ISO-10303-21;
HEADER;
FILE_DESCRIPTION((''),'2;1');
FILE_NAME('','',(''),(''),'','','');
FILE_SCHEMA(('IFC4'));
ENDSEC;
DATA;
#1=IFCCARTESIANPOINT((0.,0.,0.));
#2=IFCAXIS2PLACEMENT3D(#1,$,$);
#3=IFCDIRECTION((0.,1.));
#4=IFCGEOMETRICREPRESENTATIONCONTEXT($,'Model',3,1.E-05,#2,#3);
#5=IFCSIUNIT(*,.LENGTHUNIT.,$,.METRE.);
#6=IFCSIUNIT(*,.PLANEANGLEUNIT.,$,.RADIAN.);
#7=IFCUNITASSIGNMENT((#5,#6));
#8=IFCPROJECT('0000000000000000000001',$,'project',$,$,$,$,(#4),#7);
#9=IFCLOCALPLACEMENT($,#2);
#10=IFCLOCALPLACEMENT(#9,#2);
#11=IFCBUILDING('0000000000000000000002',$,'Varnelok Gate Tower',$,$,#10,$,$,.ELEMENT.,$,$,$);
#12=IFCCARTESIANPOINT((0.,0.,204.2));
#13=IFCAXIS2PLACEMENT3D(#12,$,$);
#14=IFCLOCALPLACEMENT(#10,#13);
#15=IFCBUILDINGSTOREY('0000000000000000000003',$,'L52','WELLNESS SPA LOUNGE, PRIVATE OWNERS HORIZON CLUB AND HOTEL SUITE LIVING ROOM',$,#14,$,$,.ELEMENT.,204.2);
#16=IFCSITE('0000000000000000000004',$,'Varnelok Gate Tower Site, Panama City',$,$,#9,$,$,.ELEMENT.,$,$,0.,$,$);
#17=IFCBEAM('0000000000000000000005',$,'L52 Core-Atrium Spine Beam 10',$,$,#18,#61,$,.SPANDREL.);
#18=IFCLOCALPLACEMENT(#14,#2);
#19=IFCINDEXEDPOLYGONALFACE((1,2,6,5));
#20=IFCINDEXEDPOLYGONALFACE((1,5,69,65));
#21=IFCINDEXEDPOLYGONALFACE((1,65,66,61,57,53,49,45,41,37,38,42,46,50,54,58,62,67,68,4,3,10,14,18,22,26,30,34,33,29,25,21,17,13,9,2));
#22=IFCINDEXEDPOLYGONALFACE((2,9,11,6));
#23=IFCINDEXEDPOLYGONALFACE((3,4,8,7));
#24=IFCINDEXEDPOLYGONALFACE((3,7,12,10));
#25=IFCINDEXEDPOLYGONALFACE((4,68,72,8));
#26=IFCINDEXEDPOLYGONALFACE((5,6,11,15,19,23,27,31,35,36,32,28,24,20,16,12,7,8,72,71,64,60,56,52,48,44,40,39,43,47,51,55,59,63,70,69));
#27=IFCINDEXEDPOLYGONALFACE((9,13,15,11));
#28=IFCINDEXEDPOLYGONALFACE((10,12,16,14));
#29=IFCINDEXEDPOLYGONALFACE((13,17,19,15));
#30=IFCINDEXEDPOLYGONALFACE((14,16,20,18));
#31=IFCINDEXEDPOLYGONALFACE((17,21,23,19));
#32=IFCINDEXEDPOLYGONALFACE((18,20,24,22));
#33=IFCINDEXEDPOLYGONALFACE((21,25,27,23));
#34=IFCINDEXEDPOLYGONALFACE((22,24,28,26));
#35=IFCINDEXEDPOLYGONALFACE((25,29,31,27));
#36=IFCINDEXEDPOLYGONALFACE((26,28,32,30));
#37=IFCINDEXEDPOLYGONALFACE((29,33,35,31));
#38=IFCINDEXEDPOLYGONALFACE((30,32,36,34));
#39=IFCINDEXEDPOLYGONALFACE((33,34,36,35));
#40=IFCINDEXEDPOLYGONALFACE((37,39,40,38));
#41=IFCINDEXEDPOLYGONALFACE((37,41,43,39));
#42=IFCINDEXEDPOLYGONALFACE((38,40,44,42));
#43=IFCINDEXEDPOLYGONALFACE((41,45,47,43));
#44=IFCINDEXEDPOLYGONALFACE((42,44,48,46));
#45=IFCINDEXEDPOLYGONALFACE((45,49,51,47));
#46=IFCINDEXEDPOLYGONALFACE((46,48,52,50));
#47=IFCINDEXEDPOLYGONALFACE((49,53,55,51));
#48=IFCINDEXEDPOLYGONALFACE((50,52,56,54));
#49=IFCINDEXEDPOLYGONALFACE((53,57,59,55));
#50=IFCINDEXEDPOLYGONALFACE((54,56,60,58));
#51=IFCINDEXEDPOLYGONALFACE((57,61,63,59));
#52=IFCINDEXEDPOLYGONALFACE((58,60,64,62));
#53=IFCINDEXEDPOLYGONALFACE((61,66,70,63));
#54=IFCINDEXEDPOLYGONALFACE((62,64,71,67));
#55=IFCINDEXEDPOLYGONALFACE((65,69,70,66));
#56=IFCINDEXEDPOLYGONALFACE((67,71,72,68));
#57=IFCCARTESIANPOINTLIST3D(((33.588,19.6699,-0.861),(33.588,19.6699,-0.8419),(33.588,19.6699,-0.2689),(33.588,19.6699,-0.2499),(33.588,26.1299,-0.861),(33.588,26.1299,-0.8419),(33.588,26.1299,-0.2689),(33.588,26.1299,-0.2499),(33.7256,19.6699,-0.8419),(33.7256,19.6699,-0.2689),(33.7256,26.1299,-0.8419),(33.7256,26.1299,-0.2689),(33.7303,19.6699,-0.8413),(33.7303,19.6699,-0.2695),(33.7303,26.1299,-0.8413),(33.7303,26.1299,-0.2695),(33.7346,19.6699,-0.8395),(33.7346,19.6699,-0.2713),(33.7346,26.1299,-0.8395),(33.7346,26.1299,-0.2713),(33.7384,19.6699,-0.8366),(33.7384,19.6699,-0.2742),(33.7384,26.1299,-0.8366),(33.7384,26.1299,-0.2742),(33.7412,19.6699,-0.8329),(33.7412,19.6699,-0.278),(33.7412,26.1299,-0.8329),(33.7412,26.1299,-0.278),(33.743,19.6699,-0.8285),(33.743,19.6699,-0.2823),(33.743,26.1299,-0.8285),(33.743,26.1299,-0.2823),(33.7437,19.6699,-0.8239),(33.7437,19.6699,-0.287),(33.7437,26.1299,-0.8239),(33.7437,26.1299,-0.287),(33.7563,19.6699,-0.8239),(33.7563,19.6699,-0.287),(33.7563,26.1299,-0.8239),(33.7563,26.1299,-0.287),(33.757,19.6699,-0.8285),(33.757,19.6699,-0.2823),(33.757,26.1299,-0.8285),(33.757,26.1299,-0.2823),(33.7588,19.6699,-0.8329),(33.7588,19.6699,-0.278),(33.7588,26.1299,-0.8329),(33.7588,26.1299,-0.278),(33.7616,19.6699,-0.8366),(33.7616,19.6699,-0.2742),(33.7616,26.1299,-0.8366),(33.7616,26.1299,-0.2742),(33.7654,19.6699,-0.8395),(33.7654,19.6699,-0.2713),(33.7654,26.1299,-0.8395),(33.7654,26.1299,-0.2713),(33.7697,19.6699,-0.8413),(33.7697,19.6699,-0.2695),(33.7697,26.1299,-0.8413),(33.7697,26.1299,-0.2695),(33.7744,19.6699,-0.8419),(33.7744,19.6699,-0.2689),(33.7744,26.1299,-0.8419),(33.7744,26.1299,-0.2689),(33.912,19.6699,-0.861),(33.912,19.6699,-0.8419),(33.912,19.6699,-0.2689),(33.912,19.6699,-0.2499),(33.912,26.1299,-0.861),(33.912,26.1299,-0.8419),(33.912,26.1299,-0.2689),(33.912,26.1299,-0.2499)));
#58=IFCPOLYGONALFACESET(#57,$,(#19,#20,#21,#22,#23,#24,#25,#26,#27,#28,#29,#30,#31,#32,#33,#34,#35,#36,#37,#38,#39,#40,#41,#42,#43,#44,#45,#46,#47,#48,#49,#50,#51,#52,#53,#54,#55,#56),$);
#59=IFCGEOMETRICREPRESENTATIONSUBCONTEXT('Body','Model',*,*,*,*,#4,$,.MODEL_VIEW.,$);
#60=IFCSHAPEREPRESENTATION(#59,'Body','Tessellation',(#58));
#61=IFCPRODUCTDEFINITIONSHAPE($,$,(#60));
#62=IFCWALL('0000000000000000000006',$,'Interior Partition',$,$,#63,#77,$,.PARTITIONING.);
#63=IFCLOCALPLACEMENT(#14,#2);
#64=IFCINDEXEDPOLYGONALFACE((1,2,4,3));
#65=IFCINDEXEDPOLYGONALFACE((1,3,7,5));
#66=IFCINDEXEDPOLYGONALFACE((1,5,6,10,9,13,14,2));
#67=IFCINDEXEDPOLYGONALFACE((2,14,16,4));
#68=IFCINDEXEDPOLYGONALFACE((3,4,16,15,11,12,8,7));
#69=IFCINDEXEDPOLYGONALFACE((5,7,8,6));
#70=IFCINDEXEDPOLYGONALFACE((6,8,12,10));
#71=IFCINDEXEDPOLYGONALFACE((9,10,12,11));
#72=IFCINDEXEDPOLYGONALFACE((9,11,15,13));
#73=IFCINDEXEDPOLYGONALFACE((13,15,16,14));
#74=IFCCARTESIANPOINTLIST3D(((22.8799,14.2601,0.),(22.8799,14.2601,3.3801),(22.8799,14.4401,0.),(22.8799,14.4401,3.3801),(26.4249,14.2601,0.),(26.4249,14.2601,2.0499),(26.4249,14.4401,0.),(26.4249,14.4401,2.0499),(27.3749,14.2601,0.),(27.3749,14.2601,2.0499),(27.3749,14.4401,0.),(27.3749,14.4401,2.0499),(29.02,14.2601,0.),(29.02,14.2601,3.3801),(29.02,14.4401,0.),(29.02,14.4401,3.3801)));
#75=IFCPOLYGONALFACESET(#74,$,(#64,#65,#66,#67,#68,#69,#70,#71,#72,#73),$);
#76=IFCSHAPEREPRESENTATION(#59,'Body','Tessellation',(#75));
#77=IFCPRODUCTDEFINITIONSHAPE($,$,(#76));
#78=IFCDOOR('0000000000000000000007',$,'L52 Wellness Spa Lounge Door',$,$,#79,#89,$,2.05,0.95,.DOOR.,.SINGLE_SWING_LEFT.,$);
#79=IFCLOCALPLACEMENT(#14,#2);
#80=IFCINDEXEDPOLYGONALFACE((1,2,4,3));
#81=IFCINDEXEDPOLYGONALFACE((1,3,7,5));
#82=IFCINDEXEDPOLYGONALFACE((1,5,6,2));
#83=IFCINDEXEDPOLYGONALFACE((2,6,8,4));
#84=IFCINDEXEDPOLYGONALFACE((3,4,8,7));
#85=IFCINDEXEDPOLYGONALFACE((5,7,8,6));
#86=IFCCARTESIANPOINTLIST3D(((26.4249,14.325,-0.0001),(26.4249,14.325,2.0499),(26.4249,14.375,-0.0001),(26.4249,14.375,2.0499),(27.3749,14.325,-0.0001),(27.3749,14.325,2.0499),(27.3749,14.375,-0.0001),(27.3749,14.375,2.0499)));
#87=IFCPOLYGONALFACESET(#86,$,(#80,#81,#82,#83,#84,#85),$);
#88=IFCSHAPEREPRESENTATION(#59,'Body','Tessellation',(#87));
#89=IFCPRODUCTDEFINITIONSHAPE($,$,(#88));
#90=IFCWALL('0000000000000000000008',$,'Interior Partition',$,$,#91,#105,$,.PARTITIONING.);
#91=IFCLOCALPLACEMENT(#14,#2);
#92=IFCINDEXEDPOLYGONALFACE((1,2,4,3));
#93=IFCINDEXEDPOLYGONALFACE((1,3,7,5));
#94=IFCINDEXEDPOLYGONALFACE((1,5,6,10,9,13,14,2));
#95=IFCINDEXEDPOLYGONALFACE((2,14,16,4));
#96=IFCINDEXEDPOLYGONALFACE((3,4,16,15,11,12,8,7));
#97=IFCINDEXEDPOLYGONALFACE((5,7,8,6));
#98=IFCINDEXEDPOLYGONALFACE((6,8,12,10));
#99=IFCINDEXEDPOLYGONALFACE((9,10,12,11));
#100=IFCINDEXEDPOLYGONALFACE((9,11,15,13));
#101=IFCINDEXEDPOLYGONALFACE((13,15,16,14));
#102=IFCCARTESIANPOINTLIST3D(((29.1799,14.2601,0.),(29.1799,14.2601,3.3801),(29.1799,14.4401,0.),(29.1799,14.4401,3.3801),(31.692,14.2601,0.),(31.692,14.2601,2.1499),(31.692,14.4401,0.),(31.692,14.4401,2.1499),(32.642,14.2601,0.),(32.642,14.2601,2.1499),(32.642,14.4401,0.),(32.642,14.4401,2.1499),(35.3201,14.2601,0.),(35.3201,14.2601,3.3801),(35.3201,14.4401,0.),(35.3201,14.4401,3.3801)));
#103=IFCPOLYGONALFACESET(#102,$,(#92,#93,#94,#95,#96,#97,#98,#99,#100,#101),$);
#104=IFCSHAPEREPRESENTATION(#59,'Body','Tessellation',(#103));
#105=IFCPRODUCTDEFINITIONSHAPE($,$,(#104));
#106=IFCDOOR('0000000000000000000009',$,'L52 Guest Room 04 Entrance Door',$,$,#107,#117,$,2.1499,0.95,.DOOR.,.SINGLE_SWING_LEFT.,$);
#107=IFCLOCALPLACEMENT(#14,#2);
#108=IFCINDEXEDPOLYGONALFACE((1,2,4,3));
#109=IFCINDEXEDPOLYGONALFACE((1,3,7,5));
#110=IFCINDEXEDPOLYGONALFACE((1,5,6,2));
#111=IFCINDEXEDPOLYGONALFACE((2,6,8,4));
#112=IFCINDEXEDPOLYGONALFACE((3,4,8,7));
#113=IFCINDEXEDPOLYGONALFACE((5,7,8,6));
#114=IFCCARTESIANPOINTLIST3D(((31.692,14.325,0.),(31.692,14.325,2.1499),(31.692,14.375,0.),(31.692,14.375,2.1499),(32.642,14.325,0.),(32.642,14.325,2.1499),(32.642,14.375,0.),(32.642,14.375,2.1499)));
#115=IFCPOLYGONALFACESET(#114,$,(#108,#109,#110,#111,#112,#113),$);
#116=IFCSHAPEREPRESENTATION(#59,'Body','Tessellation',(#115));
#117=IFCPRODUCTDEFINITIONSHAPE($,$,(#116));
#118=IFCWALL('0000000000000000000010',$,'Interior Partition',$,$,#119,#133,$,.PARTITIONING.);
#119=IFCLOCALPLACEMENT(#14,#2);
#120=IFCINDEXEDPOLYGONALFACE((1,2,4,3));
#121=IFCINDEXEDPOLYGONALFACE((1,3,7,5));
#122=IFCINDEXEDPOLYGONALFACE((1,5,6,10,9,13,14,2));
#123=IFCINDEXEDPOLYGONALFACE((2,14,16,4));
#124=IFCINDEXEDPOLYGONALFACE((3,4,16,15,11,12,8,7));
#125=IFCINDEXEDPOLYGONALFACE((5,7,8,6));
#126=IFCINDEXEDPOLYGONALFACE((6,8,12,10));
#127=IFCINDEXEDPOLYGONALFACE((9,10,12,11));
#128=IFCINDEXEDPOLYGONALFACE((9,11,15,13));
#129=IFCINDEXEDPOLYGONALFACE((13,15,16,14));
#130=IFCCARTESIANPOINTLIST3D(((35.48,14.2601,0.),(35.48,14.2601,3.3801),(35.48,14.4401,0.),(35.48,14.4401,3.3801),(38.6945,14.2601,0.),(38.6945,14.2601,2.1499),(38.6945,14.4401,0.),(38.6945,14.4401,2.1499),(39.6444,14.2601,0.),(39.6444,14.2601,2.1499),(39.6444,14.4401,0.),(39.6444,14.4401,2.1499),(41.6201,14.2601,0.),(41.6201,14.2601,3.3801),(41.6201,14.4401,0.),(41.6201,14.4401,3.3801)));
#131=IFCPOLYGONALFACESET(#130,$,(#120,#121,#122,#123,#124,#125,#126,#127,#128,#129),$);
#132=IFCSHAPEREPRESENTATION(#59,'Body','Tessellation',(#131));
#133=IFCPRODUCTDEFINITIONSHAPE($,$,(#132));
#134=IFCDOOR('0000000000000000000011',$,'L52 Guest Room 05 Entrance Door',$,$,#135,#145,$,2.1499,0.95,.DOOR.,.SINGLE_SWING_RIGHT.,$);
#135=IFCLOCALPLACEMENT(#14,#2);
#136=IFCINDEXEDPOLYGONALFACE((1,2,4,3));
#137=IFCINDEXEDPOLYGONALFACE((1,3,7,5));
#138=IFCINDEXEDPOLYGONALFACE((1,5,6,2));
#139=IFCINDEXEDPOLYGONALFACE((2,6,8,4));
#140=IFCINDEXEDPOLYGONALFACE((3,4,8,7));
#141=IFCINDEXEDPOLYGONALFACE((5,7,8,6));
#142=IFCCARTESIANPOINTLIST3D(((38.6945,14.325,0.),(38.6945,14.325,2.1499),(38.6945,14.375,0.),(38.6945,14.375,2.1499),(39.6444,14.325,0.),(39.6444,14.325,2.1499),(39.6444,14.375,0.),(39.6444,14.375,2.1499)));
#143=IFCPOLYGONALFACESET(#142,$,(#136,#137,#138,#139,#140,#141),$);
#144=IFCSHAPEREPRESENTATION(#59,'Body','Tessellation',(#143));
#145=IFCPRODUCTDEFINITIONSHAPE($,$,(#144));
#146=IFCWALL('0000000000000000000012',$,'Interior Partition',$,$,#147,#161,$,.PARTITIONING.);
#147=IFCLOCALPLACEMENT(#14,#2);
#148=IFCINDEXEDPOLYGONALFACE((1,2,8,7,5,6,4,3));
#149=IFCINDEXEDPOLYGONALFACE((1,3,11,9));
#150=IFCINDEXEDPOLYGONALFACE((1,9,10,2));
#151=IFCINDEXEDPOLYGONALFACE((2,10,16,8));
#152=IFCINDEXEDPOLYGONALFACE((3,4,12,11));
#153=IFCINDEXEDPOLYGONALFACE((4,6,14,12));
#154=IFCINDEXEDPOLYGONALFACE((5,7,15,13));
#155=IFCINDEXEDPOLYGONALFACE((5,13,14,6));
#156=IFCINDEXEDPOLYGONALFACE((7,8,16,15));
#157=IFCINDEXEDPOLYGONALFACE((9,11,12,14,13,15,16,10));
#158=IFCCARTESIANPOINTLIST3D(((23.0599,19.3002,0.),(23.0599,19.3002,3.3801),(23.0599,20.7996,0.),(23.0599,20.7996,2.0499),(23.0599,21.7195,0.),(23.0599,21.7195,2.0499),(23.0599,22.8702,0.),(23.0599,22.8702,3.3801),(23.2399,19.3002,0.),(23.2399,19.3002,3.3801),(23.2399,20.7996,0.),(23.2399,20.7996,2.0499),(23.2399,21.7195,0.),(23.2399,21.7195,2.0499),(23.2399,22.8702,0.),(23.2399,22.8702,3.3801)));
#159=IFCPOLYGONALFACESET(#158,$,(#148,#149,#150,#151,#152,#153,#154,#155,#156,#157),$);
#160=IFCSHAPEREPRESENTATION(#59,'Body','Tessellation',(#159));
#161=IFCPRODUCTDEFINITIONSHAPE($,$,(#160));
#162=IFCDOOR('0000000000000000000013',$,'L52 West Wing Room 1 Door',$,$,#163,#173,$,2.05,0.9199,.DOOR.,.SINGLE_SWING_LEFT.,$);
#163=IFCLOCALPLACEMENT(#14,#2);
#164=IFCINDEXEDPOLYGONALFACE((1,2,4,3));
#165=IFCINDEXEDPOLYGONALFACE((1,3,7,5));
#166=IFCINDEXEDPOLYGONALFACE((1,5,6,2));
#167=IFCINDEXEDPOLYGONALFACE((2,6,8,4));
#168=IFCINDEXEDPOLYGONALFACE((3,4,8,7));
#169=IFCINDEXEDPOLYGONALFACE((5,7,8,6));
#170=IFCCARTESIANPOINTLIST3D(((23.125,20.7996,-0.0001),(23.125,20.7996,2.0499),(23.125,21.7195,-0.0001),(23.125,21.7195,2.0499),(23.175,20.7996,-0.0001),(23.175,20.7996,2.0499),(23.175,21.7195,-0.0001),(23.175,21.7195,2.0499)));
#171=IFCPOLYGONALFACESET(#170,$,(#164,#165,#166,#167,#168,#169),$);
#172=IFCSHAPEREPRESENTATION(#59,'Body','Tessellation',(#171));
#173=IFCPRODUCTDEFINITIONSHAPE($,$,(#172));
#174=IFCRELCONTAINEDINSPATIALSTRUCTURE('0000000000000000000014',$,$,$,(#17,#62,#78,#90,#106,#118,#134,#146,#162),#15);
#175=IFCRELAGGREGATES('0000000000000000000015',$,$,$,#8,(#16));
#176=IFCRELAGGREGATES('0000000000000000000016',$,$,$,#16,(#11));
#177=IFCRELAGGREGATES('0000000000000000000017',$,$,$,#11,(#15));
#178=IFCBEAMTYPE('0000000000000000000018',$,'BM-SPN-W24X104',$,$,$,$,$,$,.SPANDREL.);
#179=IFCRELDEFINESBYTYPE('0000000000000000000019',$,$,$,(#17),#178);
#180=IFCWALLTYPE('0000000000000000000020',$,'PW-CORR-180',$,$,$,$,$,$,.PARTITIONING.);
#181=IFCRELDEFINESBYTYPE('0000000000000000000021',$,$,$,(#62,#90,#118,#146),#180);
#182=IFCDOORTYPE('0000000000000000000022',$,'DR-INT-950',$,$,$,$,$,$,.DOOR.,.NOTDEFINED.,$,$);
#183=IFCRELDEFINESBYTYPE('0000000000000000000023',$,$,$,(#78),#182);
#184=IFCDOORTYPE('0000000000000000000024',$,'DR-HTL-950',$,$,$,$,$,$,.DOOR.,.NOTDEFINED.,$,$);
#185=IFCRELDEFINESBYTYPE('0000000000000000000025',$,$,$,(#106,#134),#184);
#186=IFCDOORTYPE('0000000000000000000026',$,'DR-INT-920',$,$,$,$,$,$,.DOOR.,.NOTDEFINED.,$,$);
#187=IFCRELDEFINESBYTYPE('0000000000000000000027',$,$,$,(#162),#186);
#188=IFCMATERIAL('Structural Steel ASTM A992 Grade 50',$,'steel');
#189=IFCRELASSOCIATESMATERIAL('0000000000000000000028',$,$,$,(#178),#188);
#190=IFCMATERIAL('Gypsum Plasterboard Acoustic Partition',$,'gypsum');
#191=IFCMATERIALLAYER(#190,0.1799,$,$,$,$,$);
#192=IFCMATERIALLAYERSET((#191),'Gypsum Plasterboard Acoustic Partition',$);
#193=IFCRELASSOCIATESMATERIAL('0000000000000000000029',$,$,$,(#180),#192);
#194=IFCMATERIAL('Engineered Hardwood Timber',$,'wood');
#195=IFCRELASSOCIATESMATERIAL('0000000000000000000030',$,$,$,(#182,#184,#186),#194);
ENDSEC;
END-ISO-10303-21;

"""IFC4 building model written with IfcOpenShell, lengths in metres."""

from ifc_helpers import new_model, si_unit, direction, frame, frame_2d, origin, origin_2d, place, context, subcontext, project, spatial, rectangle, i_section, extrude, material, layer, layer_set, material_profile, profile_set, type_object, element, fill, save


model = new_model("IFC4")

# Units and contexts
model_context = context("Model", 3, precision=1e-05, world=origin(), true_north=direction((0.0, 1.0)))
body_context = subcontext(model_context, "Body", "Model", "MODEL_VIEW")
ifc_project = project(units=[si_unit("LENGTHUNIT", "METRE"), si_unit("PLANEANGLEUNIT", "RADIAN")], contexts=[model_context])

# Site, building, storey
site_placement = place(None, origin())
site = spatial("IfcSite", under=ifc_project, at=site_placement, Name="Varnelok Gate Tower Site, Panama City", CompositionType="ELEMENT", RefElevation=0.0)
building_placement = place(site_placement, origin())
building = spatial("IfcBuilding", under=site, at=building_placement, Name="Varnelok Gate Tower", CompositionType="ELEMENT")
storey_placement = place(building_placement, frame((0.0, 0.0, 204.2)))
storey = spatial("IfcBuildingStorey", under=building, at=storey_placement, Name="L52", Description="WELLNESS SPA LOUNGE, PRIVATE OWNERS HORIZON CLUB AND HOTEL SUITE LIVING ROOM", CompositionType="ELEMENT", Elevation=204.2)

# Shared definitions
ifc_material_1 = material(Name="Structural Steel ASTM A992 Grade 50", Category="steel")

# Beam
ifc_material_profile_1 = material_profile(ifc_material_1, i_section(OverallWidth=0.324, OverallDepth=0.6111, WebThickness=0.0127, FlangeThickness=0.019, FilletRadius=0.0181, at=origin_2d()), Name="W24X104")
ifc_profile_set_1 = profile_set([ifc_material_profile_1], Name="Structural Steel ASTM A992 Grade 50")
beam_type_1 = type_object("IfcBeamType", Name="BM-SPN-W24X104", PredefinedType="SPANDREL", material=ifc_profile_set_1)
beam_1_placement = place(storey_placement, frame((33.75, 19.6699, -0.5554), z_axis=(0.0, 1.0, 0.0), x_axis=(-1.0, 0.0, 0.0)))
element("IfcBeam", 1, at=beam_1_placement, inside=storey, type_object=beam_type_1, Name="L52 Core-Atrium Spine Beam 10", PredefinedType="SPANDREL", context=body_context, shape_type="SweptSolid", body=[
    extrude(i_section(OverallWidth=0.324, OverallDepth=0.6111, WebThickness=0.0127, FlangeThickness=0.019, FilletRadius=0.0181, at=origin_2d()), origin(), (0.0, 0.0, 1.0), 6.46),
])

# Walls, openings, doors
ifc_material_2 = material(Name="Gypsum Plasterboard Acoustic Partition", Category="gypsum")
ifc_layer_1 = layer(ifc_material_2, 0.1799)
ifc_layer_set_1 = layer_set([ifc_layer_1], Name="Gypsum Plasterboard Acoustic Partition")
wall_type_1 = type_object("IfcWallType", Name="PW-CORR-180", PredefinedType="PARTITIONING", material=ifc_layer_set_1)
wall_1_placement = place(storey_placement, frame((22.8799, 14.3501, 0.0), z_axis=(0.0, 0.0, 1.0), x_axis=(1.0, 0.0, 0.0)))
wall_1 = element("IfcWall", 2, at=wall_1_placement, inside=storey, type_object=wall_type_1, Name="Interior Partition", PredefinedType="PARTITIONING", context=body_context, shape_type="SweptSolid", body=[
    extrude(rectangle(XDim=6.1401, YDim=0.1799, at=frame_2d((3.0701, 0.0))), origin(), (0.0, 0.0, 1.0), 3.3801),
])
opening_1_placement = place(wall_1_placement, frame((3.5449, 0.0, 0.0)))
opening_1 = element("IfcOpeningElement", 3, at=opening_1_placement, cuts=wall_1, PredefinedType="OPENING", context=body_context, shape_type="SweptSolid", body=[
    extrude(rectangle(XDim=0.95, YDim=2.05, at=frame_2d((0.4751, 1.0249))), frame((0.0, 0.0999, 0.0), z_axis=(0.0, -1.0, 0.0), x_axis=(1.0, 0.0, 0.0)), (0.0, 0.0, 1.0), 0.2),
])
ifc_material_3 = material(Name="Engineered Hardwood Timber", Category="wood")
door_type_1 = type_object("IfcDoorType", Name="DR-INT-950", OperationType="NOTDEFINED", PredefinedType="DOOR", material=ifc_material_3)
door_1_placement = place(opening_1_placement, origin())
door_1 = element("IfcDoor", 4, at=door_1_placement, inside=storey, type_object=door_type_1, Name="L52 Wellness Spa Lounge Door", OperationType="SINGLE_SWING_LEFT", OverallHeight=2.05, OverallWidth=0.95, PredefinedType="DOOR", context=body_context, shape_type="SweptSolid", body=[
    extrude(rectangle(XDim=0.95, YDim=2.05, at=frame_2d((0.4751, 1.0249))), frame((0.0, 0.0249, 0.0), z_axis=(0.0, -1.0, 0.0), x_axis=(1.0, 0.0, 0.0)), (0.0, 0.0, 1.0), 0.05),
])
fill(opening_1, door_1)
wall_2_placement = place(storey_placement, frame((29.1799, 14.3501, 0.0), z_axis=(0.0, 0.0, 1.0), x_axis=(1.0, 0.0, 0.0)))
wall_2 = element("IfcWall", 5, at=wall_2_placement, inside=storey, type_object=wall_type_1, Name="Interior Partition", PredefinedType="PARTITIONING", context=body_context, shape_type="SweptSolid", body=[
    extrude(rectangle(XDim=6.1401, YDim=0.1799, at=frame_2d((3.0701, 0.0))), origin(), (0.0, 0.0, 1.0), 3.3801),
])
opening_2_placement = place(wall_2_placement, frame((2.512, 0.0, 0.0)))
opening_2 = element("IfcOpeningElement", 6, at=opening_2_placement, cuts=wall_2, PredefinedType="OPENING", context=body_context, shape_type="SweptSolid", body=[
    extrude(rectangle(XDim=0.95, YDim=2.1499, at=frame_2d((0.4751, 1.075))), frame((0.0, 0.0999, 0.0), z_axis=(0.0, -1.0, 0.0), x_axis=(1.0, 0.0, 0.0)), (0.0, 0.0, 1.0), 0.2),
])
door_type_2 = type_object("IfcDoorType", Name="DR-HTL-950", OperationType="NOTDEFINED", PredefinedType="DOOR", material=ifc_material_3)
door_2_placement = place(opening_2_placement, origin())
door_2 = element("IfcDoor", 7, at=door_2_placement, inside=storey, type_object=door_type_2, Name="L52 Guest Room 04 Entrance Door", OperationType="SINGLE_SWING_LEFT", OverallHeight=2.1499, OverallWidth=0.95, PredefinedType="DOOR", context=body_context, shape_type="SweptSolid", body=[
    extrude(rectangle(XDim=0.95, YDim=2.1499, at=frame_2d((0.4751, 1.075))), frame((0.0, 0.0249, 0.0), z_axis=(0.0, -1.0, 0.0), x_axis=(1.0, 0.0, 0.0)), (0.0, 0.0, 1.0), 0.05),
])
fill(opening_2, door_2)
wall_3_placement = place(storey_placement, frame((35.48, 14.3501, 0.0), z_axis=(0.0, 0.0, 1.0), x_axis=(1.0, 0.0, 0.0)))
wall_3 = element("IfcWall", 8, at=wall_3_placement, inside=storey, type_object=wall_type_1, Name="Interior Partition", PredefinedType="PARTITIONING", context=body_context, shape_type="SweptSolid", body=[
    extrude(rectangle(XDim=6.1401, YDim=0.1799, at=frame_2d((3.0701, 0.0))), origin(), (0.0, 0.0, 1.0), 3.3801),
])
opening_3_placement = place(wall_3_placement, frame((3.2144, 0.0, 0.0)))
opening_3 = element("IfcOpeningElement", 9, at=opening_3_placement, cuts=wall_3, PredefinedType="OPENING", context=body_context, shape_type="SweptSolid", body=[
    extrude(rectangle(XDim=0.95, YDim=2.1499, at=frame_2d((0.4751, 1.075))), frame((0.0, 0.0999, 0.0), z_axis=(0.0, -1.0, 0.0), x_axis=(1.0, 0.0, 0.0)), (0.0, 0.0, 1.0), 0.2),
])
door_3_placement = place(opening_3_placement, origin())
door_3 = element("IfcDoor", 10, at=door_3_placement, inside=storey, type_object=door_type_2, Name="L52 Guest Room 05 Entrance Door", OperationType="SINGLE_SWING_RIGHT", OverallHeight=2.1499, OverallWidth=0.95, PredefinedType="DOOR", context=body_context, shape_type="SweptSolid", body=[
    extrude(rectangle(XDim=0.95, YDim=2.1499, at=frame_2d((0.4751, 1.075))), frame((0.0, 0.0249, 0.0), z_axis=(0.0, -1.0, 0.0), x_axis=(1.0, 0.0, 0.0)), (0.0, 0.0, 1.0), 0.05),
])
fill(opening_3, door_3)
wall_4_placement = place(storey_placement, frame((23.1499, 19.3, 0.0), z_axis=(0.0, 0.0, 1.0), x_axis=(0.0, 1.0, 0.0)))
wall_4 = element("IfcWall", 11, at=wall_4_placement, inside=storey, type_object=wall_type_1, Name="Interior Partition", PredefinedType="PARTITIONING", context=body_context, shape_type="SweptSolid", body=[
    extrude(rectangle(XDim=3.5701, YDim=0.1799, at=frame_2d((1.7852, 0.0))), origin(), (0.0, 0.0, 1.0), 3.3801),
])
opening_4_placement = place(wall_4_placement, frame((1.4995, 0.0, 0.0)))
opening_4 = element("IfcOpeningElement", 12, at=opening_4_placement, cuts=wall_4, PredefinedType="OPENING", context=body_context, shape_type="SweptSolid", body=[
    extrude(rectangle(XDim=0.9199, YDim=2.05, at=frame_2d((0.46, 1.0249))), frame((0.0, 0.0999, 0.0), z_axis=(0.0, -1.0, 0.0), x_axis=(1.0, 0.0, 0.0)), (0.0, 0.0, 1.0), 0.2),
])
door_type_3 = type_object("IfcDoorType", Name="DR-INT-920", OperationType="NOTDEFINED", PredefinedType="DOOR", material=ifc_material_3)
door_4_placement = place(opening_4_placement, origin())
door_4 = element("IfcDoor", 13, at=door_4_placement, inside=storey, type_object=door_type_3, Name="L52 West Wing Room 1 Door", OperationType="SINGLE_SWING_LEFT", OverallHeight=2.05, OverallWidth=0.9199, PredefinedType="DOOR", context=body_context, shape_type="SweptSolid", body=[
    extrude(rectangle(XDim=0.9199, YDim=2.05, at=frame_2d((0.46, 1.0249))), frame((0.0, 0.0249, 0.0), z_axis=(0.0, -1.0, 0.0), x_axis=(1.0, 0.0, 0.0)), (0.0, 0.0, 1.0), 0.05),
])
fill(opening_4, door_4)

save(model, "model.ifc")
